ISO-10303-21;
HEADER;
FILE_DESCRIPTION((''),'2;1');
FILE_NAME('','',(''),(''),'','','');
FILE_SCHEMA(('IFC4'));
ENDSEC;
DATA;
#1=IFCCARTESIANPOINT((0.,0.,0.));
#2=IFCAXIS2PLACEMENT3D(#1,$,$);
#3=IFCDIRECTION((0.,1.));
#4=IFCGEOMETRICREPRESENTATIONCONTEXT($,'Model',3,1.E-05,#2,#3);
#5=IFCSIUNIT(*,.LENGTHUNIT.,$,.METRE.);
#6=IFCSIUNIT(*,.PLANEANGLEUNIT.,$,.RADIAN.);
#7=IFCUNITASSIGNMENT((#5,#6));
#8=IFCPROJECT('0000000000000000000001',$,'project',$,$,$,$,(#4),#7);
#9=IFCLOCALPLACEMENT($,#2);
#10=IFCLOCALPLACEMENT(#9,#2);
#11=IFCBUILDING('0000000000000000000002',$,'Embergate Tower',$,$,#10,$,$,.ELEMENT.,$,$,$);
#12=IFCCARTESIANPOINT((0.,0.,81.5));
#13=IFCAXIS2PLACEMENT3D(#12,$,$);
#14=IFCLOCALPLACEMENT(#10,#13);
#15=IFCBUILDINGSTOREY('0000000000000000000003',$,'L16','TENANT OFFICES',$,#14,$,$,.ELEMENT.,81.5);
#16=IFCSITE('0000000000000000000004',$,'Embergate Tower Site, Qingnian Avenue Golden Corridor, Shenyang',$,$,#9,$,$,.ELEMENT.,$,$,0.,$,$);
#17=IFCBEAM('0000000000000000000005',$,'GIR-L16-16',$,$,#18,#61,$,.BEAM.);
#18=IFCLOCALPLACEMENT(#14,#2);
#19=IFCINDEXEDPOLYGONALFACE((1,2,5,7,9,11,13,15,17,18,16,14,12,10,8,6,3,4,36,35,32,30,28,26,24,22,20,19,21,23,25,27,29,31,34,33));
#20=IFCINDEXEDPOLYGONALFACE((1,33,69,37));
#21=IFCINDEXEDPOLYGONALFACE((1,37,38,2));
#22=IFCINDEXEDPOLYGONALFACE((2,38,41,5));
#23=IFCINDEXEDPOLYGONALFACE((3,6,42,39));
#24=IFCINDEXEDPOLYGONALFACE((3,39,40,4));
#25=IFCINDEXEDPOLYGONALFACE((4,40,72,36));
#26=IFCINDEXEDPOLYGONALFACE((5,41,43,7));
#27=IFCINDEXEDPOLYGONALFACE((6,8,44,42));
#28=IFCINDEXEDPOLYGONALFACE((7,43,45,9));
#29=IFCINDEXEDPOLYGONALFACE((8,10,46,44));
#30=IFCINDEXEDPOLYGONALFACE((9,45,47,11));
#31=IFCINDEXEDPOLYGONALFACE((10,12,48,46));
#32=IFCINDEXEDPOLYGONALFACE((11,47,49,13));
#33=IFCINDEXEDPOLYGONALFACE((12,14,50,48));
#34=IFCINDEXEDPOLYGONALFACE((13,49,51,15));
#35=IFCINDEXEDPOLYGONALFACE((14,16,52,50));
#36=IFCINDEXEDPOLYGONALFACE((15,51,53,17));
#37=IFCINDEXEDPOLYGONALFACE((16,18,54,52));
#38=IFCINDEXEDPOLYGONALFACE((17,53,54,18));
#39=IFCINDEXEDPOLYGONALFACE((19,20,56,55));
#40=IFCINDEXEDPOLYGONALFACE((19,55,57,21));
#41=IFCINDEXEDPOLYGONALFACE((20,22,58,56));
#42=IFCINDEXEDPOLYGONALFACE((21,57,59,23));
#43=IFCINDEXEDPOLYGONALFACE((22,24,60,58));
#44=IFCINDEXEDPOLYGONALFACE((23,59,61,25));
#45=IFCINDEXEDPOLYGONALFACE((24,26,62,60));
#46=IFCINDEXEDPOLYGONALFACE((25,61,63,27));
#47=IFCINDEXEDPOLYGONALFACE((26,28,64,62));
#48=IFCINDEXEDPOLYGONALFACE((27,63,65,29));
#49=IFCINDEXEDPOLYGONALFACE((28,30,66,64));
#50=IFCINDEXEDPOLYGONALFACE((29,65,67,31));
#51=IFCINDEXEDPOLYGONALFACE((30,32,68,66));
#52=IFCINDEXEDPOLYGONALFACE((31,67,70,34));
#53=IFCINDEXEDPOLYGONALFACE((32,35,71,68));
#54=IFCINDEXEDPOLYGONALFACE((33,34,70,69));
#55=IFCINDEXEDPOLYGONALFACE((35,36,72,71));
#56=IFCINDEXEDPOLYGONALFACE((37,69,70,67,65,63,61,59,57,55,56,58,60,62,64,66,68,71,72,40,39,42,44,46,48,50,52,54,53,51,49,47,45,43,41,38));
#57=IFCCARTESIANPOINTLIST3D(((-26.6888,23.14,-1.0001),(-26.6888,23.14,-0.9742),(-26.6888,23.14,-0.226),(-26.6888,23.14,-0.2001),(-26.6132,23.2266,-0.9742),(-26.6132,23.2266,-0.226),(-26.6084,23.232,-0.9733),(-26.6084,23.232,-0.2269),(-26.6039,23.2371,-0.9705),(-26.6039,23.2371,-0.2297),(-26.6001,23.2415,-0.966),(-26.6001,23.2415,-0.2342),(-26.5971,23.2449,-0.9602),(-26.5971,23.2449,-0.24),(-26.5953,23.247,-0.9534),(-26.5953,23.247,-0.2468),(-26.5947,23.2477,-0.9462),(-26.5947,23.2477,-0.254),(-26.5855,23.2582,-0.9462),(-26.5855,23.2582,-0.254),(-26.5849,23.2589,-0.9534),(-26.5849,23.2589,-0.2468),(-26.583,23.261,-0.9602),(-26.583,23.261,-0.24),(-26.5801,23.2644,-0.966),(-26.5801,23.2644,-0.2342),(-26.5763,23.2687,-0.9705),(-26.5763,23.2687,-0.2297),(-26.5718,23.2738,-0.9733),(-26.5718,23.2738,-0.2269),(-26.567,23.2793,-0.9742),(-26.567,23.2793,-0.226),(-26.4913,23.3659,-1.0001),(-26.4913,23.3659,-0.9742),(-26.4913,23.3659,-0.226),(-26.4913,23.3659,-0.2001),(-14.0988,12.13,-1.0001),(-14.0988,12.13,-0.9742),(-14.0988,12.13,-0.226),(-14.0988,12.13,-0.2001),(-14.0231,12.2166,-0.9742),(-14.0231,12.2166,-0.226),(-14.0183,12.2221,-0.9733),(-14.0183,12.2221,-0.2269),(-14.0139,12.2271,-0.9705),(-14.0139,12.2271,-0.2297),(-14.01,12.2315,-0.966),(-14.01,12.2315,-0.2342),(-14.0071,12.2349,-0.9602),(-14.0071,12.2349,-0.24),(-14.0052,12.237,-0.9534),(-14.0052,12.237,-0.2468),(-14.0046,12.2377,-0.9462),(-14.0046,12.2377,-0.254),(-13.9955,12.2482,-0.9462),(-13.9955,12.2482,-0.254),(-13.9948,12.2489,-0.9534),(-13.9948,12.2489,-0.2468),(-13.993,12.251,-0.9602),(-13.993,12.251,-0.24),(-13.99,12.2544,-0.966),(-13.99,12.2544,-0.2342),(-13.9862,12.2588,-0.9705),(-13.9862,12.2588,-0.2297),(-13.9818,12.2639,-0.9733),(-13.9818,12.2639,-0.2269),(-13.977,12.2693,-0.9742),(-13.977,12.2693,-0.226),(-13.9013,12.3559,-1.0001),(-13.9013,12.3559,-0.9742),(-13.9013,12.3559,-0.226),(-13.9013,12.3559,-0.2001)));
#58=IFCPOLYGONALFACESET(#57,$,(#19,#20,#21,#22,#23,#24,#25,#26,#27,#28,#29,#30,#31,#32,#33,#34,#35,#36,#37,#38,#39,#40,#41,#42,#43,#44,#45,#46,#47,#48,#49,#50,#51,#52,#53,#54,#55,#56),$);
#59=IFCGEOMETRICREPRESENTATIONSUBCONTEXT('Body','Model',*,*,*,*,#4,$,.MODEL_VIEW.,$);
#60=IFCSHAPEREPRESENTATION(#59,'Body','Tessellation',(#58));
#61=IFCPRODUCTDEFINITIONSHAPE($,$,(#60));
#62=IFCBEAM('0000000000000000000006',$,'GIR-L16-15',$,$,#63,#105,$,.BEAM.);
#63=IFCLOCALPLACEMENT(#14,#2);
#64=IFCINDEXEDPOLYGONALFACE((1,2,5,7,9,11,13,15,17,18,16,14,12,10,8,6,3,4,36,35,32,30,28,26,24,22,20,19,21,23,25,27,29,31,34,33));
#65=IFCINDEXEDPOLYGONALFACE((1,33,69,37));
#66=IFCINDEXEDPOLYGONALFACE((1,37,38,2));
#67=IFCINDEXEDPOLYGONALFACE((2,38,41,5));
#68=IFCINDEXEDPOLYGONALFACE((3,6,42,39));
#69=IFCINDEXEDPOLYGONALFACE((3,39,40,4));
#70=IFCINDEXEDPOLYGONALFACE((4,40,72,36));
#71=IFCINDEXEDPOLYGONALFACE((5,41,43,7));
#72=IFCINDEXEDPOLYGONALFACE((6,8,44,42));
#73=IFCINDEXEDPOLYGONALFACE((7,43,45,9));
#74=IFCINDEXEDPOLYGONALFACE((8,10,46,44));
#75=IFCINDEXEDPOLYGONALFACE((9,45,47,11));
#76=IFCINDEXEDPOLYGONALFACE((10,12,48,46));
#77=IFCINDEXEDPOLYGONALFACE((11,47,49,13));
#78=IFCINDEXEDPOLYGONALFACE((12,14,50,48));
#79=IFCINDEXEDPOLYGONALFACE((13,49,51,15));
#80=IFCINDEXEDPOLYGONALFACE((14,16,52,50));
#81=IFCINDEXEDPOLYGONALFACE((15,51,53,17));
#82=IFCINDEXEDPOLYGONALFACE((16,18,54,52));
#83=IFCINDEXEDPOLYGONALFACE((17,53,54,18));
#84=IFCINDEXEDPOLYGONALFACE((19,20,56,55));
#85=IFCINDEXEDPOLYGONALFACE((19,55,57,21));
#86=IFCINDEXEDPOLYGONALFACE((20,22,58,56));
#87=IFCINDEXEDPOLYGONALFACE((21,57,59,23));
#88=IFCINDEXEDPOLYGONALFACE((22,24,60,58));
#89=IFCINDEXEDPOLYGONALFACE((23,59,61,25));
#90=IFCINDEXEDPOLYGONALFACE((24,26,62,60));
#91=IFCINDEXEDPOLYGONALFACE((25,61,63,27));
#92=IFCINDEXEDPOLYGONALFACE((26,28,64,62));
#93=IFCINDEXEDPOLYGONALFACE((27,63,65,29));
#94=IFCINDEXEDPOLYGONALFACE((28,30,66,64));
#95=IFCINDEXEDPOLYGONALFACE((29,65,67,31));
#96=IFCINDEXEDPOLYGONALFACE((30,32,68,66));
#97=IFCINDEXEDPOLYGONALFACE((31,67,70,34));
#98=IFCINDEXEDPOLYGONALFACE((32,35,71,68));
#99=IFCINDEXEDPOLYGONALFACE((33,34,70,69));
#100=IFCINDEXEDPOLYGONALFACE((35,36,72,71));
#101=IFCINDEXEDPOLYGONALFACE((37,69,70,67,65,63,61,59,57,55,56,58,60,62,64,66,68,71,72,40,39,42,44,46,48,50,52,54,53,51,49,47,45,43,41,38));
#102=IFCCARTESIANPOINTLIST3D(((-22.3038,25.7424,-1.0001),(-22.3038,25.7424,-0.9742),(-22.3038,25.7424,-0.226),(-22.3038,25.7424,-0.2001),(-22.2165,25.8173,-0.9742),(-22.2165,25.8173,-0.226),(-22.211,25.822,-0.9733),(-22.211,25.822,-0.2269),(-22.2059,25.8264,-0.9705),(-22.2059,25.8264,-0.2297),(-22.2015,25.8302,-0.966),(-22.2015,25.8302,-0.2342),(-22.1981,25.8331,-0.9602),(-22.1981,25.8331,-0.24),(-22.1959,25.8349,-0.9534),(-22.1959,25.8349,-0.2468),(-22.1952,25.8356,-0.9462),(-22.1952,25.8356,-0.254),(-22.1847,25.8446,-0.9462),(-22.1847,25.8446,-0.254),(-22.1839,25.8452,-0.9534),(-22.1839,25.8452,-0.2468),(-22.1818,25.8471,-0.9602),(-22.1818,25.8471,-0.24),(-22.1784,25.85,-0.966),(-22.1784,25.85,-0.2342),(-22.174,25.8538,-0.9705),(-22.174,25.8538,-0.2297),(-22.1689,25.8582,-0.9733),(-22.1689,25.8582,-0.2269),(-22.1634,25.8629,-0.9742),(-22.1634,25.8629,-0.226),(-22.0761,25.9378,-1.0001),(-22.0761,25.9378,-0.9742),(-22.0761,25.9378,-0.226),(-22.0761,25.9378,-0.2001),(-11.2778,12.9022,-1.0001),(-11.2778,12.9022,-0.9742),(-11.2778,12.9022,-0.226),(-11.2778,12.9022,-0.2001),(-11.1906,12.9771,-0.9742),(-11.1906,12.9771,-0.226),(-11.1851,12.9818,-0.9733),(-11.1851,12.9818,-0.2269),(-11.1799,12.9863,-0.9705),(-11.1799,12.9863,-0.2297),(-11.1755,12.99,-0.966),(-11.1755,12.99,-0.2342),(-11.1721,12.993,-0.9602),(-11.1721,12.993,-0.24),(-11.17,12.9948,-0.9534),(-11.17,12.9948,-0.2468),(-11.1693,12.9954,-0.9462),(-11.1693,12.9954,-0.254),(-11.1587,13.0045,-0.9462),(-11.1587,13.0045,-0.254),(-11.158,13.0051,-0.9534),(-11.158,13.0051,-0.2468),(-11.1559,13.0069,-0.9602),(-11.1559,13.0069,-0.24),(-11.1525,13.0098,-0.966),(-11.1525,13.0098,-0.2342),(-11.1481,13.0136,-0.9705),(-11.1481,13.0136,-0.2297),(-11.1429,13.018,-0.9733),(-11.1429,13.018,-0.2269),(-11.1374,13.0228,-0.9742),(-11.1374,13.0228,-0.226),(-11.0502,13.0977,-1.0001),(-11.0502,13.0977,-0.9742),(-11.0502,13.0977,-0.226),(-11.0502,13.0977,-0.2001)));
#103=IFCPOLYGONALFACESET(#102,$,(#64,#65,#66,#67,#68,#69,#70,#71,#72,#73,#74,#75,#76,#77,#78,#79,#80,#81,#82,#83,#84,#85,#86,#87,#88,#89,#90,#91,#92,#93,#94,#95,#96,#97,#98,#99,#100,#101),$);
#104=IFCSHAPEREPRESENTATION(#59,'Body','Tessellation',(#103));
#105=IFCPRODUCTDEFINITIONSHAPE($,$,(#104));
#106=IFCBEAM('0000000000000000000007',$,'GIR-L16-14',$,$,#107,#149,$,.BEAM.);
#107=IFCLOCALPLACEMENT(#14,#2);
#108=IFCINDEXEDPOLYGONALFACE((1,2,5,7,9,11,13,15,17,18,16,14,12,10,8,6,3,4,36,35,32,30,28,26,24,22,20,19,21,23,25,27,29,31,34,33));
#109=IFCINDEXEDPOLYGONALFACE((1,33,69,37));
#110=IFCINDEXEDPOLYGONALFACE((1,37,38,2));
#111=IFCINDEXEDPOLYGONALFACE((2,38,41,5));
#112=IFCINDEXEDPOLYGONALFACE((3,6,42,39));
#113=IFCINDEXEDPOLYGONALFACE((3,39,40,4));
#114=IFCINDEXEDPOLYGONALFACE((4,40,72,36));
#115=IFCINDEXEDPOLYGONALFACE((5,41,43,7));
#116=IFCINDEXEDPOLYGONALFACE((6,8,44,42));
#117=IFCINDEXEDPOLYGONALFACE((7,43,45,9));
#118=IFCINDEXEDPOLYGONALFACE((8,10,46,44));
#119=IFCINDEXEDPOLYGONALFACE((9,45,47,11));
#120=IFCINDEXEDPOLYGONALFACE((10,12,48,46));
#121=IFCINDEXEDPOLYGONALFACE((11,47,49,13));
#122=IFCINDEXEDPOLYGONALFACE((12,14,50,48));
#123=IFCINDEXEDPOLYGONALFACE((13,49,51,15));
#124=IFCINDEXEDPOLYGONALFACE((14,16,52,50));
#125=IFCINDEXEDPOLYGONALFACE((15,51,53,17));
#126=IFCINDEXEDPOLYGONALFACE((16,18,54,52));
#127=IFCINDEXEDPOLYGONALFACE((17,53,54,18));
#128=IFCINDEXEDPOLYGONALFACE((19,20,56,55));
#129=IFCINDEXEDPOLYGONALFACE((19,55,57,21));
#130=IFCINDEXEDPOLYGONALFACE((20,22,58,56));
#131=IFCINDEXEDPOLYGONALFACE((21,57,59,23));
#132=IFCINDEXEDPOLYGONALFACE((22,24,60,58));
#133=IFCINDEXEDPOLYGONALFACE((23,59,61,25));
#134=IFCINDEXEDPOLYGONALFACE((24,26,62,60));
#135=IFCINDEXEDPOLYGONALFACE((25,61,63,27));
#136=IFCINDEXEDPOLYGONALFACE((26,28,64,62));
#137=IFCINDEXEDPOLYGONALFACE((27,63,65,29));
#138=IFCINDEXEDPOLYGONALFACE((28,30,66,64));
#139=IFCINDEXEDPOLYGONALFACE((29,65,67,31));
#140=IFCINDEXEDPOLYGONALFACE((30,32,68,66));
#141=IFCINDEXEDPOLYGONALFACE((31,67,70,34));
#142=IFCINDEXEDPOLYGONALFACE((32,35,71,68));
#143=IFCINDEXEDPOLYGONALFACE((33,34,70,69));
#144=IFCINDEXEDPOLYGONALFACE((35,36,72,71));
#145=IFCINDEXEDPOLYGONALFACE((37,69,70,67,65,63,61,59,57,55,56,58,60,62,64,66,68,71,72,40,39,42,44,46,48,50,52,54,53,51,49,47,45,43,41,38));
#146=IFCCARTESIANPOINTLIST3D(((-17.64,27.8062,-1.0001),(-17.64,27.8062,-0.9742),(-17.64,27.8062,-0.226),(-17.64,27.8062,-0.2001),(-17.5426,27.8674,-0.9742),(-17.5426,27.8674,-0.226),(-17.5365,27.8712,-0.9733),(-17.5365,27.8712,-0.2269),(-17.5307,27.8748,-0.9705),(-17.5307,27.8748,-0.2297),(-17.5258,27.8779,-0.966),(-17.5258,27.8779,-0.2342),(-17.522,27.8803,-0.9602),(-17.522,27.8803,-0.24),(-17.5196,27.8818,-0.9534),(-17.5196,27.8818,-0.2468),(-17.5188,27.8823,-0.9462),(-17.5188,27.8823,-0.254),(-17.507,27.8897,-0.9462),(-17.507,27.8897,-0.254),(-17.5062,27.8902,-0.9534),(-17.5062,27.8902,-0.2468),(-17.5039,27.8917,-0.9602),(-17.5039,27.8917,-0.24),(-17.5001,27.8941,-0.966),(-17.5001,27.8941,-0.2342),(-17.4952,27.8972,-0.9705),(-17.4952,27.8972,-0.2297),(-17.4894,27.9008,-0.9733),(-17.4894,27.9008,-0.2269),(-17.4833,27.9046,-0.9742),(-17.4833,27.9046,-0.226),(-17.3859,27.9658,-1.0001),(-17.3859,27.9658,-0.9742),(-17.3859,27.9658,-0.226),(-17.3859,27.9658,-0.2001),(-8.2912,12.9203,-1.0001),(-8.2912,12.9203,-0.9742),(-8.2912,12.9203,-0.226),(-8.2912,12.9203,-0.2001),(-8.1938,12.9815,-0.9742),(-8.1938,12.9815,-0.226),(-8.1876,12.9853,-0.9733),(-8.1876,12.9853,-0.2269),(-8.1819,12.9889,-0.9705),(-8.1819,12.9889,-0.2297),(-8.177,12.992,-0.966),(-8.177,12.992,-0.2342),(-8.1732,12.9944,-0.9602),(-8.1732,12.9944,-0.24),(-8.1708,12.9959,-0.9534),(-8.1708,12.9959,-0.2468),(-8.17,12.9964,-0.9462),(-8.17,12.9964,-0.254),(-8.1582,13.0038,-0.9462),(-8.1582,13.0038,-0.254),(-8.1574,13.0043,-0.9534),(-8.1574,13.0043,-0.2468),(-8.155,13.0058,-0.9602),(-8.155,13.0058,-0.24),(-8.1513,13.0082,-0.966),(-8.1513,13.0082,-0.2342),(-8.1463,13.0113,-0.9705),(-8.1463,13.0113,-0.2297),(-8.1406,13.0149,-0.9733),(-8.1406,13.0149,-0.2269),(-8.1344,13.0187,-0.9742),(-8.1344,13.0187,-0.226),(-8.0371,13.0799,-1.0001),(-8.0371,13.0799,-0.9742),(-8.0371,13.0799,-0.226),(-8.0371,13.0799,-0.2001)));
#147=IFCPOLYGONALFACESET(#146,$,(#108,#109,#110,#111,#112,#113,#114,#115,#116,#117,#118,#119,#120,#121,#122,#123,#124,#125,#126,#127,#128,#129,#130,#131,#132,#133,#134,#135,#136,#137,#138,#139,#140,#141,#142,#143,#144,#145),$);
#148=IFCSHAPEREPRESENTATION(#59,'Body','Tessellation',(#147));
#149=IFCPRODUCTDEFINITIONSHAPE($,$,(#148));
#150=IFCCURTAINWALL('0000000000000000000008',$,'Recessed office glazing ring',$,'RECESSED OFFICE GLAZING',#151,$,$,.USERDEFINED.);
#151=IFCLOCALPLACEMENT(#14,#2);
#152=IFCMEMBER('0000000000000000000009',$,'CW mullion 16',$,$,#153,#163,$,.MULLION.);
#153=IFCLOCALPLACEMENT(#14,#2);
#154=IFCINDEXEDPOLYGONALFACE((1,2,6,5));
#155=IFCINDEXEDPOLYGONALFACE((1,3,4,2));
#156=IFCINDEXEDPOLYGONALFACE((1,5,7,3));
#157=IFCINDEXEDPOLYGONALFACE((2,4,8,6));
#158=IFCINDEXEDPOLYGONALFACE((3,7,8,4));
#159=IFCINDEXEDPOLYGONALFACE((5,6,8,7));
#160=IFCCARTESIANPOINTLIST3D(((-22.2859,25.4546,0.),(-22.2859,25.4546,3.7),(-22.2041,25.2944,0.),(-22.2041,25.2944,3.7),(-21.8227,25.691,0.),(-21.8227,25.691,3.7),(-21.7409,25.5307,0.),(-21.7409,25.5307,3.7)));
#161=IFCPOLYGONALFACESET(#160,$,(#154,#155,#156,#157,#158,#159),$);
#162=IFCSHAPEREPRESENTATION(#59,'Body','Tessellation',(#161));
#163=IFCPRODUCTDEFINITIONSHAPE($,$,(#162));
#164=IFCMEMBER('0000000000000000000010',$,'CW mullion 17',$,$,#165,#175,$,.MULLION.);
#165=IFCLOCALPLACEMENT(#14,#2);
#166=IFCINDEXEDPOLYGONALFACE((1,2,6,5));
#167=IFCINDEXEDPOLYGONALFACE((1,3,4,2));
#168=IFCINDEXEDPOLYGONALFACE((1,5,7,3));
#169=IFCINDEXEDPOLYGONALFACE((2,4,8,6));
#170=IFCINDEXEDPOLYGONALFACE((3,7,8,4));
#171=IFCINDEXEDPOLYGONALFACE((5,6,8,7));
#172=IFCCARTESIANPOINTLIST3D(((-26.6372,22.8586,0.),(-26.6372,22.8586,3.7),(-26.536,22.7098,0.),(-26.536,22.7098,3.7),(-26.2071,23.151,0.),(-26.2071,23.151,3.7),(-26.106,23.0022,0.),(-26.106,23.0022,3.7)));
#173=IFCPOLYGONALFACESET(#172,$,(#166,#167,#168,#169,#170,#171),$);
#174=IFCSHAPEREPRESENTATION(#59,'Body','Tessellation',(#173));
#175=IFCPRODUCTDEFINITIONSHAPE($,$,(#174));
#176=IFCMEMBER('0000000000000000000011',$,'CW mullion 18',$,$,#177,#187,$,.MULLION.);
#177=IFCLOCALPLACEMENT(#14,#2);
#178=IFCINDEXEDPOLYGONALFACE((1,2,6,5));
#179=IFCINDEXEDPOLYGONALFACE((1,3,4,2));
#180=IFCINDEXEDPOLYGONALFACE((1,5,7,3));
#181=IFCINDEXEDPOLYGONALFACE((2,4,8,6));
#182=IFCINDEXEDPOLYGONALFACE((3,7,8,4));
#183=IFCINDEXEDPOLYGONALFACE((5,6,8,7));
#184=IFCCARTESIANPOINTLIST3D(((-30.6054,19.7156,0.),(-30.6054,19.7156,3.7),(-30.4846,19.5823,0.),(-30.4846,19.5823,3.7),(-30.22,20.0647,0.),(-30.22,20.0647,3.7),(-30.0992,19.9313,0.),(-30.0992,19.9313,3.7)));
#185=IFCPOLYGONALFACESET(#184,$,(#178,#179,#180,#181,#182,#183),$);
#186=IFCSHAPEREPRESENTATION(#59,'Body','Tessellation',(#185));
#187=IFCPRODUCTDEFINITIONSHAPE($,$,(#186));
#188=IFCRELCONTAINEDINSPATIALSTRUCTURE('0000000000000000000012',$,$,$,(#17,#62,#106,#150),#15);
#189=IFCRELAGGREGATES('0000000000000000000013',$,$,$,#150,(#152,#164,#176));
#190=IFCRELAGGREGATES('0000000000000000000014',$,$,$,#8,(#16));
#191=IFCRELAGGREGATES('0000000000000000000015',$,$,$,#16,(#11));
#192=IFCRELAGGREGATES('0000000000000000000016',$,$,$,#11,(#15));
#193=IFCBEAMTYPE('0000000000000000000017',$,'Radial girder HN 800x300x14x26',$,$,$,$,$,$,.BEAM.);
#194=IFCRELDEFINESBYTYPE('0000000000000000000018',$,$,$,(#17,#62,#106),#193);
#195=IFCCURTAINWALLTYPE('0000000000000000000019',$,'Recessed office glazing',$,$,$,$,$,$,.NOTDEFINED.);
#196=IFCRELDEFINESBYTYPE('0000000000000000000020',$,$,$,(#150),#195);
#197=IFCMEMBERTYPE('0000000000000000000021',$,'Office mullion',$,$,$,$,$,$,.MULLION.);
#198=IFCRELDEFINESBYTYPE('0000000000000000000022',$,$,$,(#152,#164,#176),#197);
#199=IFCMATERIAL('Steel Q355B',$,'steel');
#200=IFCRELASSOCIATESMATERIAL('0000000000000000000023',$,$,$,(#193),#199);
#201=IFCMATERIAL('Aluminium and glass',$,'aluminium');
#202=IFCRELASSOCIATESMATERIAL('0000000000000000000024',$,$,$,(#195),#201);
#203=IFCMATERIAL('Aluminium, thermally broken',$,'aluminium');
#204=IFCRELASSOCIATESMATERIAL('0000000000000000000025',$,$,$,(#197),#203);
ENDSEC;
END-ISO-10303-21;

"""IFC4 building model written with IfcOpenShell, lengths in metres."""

from ifc_helpers import new_model, si_unit, direction, frame, origin, origin_2d, place, context, subcontext, project, spatial, rectangle, i_section, extrude, source, transform, mapped, material, material_profile, profile_set, type_object, element, aggregate, save


model = new_model("IFC4")

# Units and contexts
model_context = context("Model", 3, precision=1e-05, world=origin(), true_north=direction((0.0, 1.0)))
body_context = subcontext(model_context, "Body", "Model", "MODEL_VIEW")
ifc_project = project(units=[si_unit("LENGTHUNIT", "METRE"), si_unit("PLANEANGLEUNIT", "RADIAN")], contexts=[model_context])

# Site, building, storey
site_placement = place(None, origin())
site = spatial("IfcSite", under=ifc_project, at=site_placement, Name="Embergate Tower Site, Qingnian Avenue Golden Corridor, Shenyang", CompositionType="ELEMENT", RefElevation=0.0)
building_placement = place(site_placement, origin())
building = spatial("IfcBuilding", under=site, at=building_placement, Name="Embergate Tower", CompositionType="ELEMENT")
storey_placement = place(building_placement, frame((0.0, 0.0, 81.5)))
storey = spatial("IfcBuildingStorey", under=building, at=storey_placement, Name="L16", Description="TENANT OFFICES", CompositionType="ELEMENT", Elevation=81.5)

# Beams
ifc_material_1 = material(Name="Steel Q355B", Category="steel")
ifc_material_profile_1 = material_profile(ifc_material_1, i_section(OverallWidth=0.3, OverallDepth=0.8, WebThickness=0.0139, FlangeThickness=0.0259, FilletRadius=0.0281, at=origin_2d()), Name="HN 800x300x14x26")
ifc_profile_set_1 = profile_set([ifc_material_profile_1], Name="Steel Q355 grade B")
beam_type_1 = type_object("IfcBeamType", Name="Radial girder HN 800x300x14x26", PredefinedType="BEAM", material=ifc_profile_set_1)
shared_shape_1 = source(origin(), body_context, "Body", "SweptSolid", [
    extrude(i_section(OverallWidth=0.3, OverallDepth=0.8, WebThickness=0.0139, FlangeThickness=0.0259, FilletRadius=0.0281, at=origin_2d()), origin(), (0.0, 0.0, 1.0), 16.7251),
])
beam_1_placement = place(storey_placement, frame((-26.5901, 23.2529, -0.6001), z_axis=(0.752764, -0.658291, 0.0), x_axis=(0.658291, 0.752764, 0.0)))
element("IfcBeam", 1, at=beam_1_placement, inside=storey, type_object=beam_type_1, Name="GIR-L16-16", PredefinedType="BEAM", context=body_context, shape_type="MappedRepresentation", body=[
    mapped(shared_shape_1, transform((0.0, 0.0, 0.0))),
])
shared_shape_2 = source(origin(), body_context, "Body", "SweptSolid", [
    extrude(i_section(OverallWidth=0.3, OverallDepth=0.8, WebThickness=0.0139, FlangeThickness=0.0259, FilletRadius=0.0281, at=origin_2d()), origin(), (0.0, 0.0, 1.0), 16.9246),
])
beam_2_placement = place(storey_placement, frame((-22.1899, 25.8401, -0.6001), z_axis=(0.651475, -0.75867, 0.0), x_axis=(0.75867, 0.651475, 0.0)))
element("IfcBeam", 2, at=beam_2_placement, inside=storey, type_object=beam_type_1, Name="GIR-L16-15", PredefinedType="BEAM", context=body_context, shape_type="MappedRepresentation", body=[
    mapped(shared_shape_2, transform((0.0, 0.0, 0.0))),
])
shared_shape_3 = source(origin(), body_context, "Body", "SweptSolid", [
    extrude(i_section(OverallWidth=0.3, OverallDepth=0.8, WebThickness=0.0139, FlangeThickness=0.0259, FilletRadius=0.0281, at=origin_2d()), origin(), (0.0, 0.0, 1.0), 17.5781),
])
beam_3_placement = place(storey_placement, frame((-17.5129, 27.886, -0.6001), z_axis=(0.531844, -0.846842, 0.0), x_axis=(0.846842, 0.531844, 0.0)))
element("IfcBeam", 3, at=beam_3_placement, inside=storey, type_object=beam_type_1, Name="GIR-L16-14", PredefinedType="BEAM", context=body_context, shape_type="MappedRepresentation", body=[
    mapped(shared_shape_3, transform((0.0, 0.0, 0.0))),
])

# Curtain wall, members
ifc_material_2 = material(Name="Aluminium and glass", Category="aluminium")
curtain_wall_type = type_object("IfcCurtainWallType", Name="Recessed office glazing", PredefinedType="NOTDEFINED", material=ifc_material_2)
curtain_wall_placement = place(storey_placement, origin())
curtain_wall = element("IfcCurtainWall", 4, at=curtain_wall_placement, inside=storey, type_object=curtain_wall_type, Name="Recessed office glazing ring", ObjectType="RECESSED OFFICE GLAZING", PredefinedType="USERDEFINED")
ifc_material_3 = material(Name="Aluminium, thermally broken", Category="aluminium")
ifc_material_profile_2 = material_profile(ifc_material_3, rectangle(XDim=0.1799, YDim=0.52, at=origin_2d()), Name="AL 520x180")
ifc_profile_set_2 = profile_set([ifc_material_profile_2], Name="Aluminium, thermally broken")
member_type_1 = type_object("IfcMemberType", Name="Office mullion", PredefinedType="MULLION", material=ifc_profile_set_2)
shared_shape_4 = source(origin(), body_context, "Body", "SweptSolid", [
    extrude(rectangle(XDim=0.1799, YDim=0.52, at=origin_2d()), origin(), (0.0, 0.0, 1.0), 3.7),
])
member_1_placement = place(storey_placement, frame((-22.0134, 25.4927, 0.0), z_axis=(0.0, 0.0, 1.0), x_axis=(0.454511, -0.890741, 0.0)))
member_1 = element("IfcMember", 5, at=member_1_placement, type_object=member_type_1, Name="CW mullion 16", PredefinedType="MULLION", context=body_context, shape_type="MappedRepresentation", body=[
    mapped(shared_shape_4, transform((0.0, 0.0, 0.0))),
])
member_2_placement = place(storey_placement, frame((-26.3716, 22.9304, 0.0), z_axis=(0.0, 0.0, 1.0), x_axis=(0.562218, -0.826989, 0.0)))
member_2 = element("IfcMember", 6, at=member_2_placement, type_object=member_type_1, Name="CW mullion 17", PredefinedType="MULLION", context=body_context, shape_type="MappedRepresentation", body=[
    mapped(shared_shape_4, transform((0.0, 0.0, 0.0))),
])
member_3_placement = place(storey_placement, frame((-30.3523, 19.8235, 0.0), z_axis=(0.0, 0.0, 1.0), x_axis=(0.671229, -0.74125, 0.0)))
member_3 = element("IfcMember", 7, at=member_3_placement, type_object=member_type_1, Name="CW mullion 18", PredefinedType="MULLION", context=body_context, shape_type="MappedRepresentation", body=[
    mapped(shared_shape_4, transform((0.0, 0.0, 0.0))),
])
aggregate(curtain_wall, [member_1, member_2, member_3])

save(model, "model.ifc")
